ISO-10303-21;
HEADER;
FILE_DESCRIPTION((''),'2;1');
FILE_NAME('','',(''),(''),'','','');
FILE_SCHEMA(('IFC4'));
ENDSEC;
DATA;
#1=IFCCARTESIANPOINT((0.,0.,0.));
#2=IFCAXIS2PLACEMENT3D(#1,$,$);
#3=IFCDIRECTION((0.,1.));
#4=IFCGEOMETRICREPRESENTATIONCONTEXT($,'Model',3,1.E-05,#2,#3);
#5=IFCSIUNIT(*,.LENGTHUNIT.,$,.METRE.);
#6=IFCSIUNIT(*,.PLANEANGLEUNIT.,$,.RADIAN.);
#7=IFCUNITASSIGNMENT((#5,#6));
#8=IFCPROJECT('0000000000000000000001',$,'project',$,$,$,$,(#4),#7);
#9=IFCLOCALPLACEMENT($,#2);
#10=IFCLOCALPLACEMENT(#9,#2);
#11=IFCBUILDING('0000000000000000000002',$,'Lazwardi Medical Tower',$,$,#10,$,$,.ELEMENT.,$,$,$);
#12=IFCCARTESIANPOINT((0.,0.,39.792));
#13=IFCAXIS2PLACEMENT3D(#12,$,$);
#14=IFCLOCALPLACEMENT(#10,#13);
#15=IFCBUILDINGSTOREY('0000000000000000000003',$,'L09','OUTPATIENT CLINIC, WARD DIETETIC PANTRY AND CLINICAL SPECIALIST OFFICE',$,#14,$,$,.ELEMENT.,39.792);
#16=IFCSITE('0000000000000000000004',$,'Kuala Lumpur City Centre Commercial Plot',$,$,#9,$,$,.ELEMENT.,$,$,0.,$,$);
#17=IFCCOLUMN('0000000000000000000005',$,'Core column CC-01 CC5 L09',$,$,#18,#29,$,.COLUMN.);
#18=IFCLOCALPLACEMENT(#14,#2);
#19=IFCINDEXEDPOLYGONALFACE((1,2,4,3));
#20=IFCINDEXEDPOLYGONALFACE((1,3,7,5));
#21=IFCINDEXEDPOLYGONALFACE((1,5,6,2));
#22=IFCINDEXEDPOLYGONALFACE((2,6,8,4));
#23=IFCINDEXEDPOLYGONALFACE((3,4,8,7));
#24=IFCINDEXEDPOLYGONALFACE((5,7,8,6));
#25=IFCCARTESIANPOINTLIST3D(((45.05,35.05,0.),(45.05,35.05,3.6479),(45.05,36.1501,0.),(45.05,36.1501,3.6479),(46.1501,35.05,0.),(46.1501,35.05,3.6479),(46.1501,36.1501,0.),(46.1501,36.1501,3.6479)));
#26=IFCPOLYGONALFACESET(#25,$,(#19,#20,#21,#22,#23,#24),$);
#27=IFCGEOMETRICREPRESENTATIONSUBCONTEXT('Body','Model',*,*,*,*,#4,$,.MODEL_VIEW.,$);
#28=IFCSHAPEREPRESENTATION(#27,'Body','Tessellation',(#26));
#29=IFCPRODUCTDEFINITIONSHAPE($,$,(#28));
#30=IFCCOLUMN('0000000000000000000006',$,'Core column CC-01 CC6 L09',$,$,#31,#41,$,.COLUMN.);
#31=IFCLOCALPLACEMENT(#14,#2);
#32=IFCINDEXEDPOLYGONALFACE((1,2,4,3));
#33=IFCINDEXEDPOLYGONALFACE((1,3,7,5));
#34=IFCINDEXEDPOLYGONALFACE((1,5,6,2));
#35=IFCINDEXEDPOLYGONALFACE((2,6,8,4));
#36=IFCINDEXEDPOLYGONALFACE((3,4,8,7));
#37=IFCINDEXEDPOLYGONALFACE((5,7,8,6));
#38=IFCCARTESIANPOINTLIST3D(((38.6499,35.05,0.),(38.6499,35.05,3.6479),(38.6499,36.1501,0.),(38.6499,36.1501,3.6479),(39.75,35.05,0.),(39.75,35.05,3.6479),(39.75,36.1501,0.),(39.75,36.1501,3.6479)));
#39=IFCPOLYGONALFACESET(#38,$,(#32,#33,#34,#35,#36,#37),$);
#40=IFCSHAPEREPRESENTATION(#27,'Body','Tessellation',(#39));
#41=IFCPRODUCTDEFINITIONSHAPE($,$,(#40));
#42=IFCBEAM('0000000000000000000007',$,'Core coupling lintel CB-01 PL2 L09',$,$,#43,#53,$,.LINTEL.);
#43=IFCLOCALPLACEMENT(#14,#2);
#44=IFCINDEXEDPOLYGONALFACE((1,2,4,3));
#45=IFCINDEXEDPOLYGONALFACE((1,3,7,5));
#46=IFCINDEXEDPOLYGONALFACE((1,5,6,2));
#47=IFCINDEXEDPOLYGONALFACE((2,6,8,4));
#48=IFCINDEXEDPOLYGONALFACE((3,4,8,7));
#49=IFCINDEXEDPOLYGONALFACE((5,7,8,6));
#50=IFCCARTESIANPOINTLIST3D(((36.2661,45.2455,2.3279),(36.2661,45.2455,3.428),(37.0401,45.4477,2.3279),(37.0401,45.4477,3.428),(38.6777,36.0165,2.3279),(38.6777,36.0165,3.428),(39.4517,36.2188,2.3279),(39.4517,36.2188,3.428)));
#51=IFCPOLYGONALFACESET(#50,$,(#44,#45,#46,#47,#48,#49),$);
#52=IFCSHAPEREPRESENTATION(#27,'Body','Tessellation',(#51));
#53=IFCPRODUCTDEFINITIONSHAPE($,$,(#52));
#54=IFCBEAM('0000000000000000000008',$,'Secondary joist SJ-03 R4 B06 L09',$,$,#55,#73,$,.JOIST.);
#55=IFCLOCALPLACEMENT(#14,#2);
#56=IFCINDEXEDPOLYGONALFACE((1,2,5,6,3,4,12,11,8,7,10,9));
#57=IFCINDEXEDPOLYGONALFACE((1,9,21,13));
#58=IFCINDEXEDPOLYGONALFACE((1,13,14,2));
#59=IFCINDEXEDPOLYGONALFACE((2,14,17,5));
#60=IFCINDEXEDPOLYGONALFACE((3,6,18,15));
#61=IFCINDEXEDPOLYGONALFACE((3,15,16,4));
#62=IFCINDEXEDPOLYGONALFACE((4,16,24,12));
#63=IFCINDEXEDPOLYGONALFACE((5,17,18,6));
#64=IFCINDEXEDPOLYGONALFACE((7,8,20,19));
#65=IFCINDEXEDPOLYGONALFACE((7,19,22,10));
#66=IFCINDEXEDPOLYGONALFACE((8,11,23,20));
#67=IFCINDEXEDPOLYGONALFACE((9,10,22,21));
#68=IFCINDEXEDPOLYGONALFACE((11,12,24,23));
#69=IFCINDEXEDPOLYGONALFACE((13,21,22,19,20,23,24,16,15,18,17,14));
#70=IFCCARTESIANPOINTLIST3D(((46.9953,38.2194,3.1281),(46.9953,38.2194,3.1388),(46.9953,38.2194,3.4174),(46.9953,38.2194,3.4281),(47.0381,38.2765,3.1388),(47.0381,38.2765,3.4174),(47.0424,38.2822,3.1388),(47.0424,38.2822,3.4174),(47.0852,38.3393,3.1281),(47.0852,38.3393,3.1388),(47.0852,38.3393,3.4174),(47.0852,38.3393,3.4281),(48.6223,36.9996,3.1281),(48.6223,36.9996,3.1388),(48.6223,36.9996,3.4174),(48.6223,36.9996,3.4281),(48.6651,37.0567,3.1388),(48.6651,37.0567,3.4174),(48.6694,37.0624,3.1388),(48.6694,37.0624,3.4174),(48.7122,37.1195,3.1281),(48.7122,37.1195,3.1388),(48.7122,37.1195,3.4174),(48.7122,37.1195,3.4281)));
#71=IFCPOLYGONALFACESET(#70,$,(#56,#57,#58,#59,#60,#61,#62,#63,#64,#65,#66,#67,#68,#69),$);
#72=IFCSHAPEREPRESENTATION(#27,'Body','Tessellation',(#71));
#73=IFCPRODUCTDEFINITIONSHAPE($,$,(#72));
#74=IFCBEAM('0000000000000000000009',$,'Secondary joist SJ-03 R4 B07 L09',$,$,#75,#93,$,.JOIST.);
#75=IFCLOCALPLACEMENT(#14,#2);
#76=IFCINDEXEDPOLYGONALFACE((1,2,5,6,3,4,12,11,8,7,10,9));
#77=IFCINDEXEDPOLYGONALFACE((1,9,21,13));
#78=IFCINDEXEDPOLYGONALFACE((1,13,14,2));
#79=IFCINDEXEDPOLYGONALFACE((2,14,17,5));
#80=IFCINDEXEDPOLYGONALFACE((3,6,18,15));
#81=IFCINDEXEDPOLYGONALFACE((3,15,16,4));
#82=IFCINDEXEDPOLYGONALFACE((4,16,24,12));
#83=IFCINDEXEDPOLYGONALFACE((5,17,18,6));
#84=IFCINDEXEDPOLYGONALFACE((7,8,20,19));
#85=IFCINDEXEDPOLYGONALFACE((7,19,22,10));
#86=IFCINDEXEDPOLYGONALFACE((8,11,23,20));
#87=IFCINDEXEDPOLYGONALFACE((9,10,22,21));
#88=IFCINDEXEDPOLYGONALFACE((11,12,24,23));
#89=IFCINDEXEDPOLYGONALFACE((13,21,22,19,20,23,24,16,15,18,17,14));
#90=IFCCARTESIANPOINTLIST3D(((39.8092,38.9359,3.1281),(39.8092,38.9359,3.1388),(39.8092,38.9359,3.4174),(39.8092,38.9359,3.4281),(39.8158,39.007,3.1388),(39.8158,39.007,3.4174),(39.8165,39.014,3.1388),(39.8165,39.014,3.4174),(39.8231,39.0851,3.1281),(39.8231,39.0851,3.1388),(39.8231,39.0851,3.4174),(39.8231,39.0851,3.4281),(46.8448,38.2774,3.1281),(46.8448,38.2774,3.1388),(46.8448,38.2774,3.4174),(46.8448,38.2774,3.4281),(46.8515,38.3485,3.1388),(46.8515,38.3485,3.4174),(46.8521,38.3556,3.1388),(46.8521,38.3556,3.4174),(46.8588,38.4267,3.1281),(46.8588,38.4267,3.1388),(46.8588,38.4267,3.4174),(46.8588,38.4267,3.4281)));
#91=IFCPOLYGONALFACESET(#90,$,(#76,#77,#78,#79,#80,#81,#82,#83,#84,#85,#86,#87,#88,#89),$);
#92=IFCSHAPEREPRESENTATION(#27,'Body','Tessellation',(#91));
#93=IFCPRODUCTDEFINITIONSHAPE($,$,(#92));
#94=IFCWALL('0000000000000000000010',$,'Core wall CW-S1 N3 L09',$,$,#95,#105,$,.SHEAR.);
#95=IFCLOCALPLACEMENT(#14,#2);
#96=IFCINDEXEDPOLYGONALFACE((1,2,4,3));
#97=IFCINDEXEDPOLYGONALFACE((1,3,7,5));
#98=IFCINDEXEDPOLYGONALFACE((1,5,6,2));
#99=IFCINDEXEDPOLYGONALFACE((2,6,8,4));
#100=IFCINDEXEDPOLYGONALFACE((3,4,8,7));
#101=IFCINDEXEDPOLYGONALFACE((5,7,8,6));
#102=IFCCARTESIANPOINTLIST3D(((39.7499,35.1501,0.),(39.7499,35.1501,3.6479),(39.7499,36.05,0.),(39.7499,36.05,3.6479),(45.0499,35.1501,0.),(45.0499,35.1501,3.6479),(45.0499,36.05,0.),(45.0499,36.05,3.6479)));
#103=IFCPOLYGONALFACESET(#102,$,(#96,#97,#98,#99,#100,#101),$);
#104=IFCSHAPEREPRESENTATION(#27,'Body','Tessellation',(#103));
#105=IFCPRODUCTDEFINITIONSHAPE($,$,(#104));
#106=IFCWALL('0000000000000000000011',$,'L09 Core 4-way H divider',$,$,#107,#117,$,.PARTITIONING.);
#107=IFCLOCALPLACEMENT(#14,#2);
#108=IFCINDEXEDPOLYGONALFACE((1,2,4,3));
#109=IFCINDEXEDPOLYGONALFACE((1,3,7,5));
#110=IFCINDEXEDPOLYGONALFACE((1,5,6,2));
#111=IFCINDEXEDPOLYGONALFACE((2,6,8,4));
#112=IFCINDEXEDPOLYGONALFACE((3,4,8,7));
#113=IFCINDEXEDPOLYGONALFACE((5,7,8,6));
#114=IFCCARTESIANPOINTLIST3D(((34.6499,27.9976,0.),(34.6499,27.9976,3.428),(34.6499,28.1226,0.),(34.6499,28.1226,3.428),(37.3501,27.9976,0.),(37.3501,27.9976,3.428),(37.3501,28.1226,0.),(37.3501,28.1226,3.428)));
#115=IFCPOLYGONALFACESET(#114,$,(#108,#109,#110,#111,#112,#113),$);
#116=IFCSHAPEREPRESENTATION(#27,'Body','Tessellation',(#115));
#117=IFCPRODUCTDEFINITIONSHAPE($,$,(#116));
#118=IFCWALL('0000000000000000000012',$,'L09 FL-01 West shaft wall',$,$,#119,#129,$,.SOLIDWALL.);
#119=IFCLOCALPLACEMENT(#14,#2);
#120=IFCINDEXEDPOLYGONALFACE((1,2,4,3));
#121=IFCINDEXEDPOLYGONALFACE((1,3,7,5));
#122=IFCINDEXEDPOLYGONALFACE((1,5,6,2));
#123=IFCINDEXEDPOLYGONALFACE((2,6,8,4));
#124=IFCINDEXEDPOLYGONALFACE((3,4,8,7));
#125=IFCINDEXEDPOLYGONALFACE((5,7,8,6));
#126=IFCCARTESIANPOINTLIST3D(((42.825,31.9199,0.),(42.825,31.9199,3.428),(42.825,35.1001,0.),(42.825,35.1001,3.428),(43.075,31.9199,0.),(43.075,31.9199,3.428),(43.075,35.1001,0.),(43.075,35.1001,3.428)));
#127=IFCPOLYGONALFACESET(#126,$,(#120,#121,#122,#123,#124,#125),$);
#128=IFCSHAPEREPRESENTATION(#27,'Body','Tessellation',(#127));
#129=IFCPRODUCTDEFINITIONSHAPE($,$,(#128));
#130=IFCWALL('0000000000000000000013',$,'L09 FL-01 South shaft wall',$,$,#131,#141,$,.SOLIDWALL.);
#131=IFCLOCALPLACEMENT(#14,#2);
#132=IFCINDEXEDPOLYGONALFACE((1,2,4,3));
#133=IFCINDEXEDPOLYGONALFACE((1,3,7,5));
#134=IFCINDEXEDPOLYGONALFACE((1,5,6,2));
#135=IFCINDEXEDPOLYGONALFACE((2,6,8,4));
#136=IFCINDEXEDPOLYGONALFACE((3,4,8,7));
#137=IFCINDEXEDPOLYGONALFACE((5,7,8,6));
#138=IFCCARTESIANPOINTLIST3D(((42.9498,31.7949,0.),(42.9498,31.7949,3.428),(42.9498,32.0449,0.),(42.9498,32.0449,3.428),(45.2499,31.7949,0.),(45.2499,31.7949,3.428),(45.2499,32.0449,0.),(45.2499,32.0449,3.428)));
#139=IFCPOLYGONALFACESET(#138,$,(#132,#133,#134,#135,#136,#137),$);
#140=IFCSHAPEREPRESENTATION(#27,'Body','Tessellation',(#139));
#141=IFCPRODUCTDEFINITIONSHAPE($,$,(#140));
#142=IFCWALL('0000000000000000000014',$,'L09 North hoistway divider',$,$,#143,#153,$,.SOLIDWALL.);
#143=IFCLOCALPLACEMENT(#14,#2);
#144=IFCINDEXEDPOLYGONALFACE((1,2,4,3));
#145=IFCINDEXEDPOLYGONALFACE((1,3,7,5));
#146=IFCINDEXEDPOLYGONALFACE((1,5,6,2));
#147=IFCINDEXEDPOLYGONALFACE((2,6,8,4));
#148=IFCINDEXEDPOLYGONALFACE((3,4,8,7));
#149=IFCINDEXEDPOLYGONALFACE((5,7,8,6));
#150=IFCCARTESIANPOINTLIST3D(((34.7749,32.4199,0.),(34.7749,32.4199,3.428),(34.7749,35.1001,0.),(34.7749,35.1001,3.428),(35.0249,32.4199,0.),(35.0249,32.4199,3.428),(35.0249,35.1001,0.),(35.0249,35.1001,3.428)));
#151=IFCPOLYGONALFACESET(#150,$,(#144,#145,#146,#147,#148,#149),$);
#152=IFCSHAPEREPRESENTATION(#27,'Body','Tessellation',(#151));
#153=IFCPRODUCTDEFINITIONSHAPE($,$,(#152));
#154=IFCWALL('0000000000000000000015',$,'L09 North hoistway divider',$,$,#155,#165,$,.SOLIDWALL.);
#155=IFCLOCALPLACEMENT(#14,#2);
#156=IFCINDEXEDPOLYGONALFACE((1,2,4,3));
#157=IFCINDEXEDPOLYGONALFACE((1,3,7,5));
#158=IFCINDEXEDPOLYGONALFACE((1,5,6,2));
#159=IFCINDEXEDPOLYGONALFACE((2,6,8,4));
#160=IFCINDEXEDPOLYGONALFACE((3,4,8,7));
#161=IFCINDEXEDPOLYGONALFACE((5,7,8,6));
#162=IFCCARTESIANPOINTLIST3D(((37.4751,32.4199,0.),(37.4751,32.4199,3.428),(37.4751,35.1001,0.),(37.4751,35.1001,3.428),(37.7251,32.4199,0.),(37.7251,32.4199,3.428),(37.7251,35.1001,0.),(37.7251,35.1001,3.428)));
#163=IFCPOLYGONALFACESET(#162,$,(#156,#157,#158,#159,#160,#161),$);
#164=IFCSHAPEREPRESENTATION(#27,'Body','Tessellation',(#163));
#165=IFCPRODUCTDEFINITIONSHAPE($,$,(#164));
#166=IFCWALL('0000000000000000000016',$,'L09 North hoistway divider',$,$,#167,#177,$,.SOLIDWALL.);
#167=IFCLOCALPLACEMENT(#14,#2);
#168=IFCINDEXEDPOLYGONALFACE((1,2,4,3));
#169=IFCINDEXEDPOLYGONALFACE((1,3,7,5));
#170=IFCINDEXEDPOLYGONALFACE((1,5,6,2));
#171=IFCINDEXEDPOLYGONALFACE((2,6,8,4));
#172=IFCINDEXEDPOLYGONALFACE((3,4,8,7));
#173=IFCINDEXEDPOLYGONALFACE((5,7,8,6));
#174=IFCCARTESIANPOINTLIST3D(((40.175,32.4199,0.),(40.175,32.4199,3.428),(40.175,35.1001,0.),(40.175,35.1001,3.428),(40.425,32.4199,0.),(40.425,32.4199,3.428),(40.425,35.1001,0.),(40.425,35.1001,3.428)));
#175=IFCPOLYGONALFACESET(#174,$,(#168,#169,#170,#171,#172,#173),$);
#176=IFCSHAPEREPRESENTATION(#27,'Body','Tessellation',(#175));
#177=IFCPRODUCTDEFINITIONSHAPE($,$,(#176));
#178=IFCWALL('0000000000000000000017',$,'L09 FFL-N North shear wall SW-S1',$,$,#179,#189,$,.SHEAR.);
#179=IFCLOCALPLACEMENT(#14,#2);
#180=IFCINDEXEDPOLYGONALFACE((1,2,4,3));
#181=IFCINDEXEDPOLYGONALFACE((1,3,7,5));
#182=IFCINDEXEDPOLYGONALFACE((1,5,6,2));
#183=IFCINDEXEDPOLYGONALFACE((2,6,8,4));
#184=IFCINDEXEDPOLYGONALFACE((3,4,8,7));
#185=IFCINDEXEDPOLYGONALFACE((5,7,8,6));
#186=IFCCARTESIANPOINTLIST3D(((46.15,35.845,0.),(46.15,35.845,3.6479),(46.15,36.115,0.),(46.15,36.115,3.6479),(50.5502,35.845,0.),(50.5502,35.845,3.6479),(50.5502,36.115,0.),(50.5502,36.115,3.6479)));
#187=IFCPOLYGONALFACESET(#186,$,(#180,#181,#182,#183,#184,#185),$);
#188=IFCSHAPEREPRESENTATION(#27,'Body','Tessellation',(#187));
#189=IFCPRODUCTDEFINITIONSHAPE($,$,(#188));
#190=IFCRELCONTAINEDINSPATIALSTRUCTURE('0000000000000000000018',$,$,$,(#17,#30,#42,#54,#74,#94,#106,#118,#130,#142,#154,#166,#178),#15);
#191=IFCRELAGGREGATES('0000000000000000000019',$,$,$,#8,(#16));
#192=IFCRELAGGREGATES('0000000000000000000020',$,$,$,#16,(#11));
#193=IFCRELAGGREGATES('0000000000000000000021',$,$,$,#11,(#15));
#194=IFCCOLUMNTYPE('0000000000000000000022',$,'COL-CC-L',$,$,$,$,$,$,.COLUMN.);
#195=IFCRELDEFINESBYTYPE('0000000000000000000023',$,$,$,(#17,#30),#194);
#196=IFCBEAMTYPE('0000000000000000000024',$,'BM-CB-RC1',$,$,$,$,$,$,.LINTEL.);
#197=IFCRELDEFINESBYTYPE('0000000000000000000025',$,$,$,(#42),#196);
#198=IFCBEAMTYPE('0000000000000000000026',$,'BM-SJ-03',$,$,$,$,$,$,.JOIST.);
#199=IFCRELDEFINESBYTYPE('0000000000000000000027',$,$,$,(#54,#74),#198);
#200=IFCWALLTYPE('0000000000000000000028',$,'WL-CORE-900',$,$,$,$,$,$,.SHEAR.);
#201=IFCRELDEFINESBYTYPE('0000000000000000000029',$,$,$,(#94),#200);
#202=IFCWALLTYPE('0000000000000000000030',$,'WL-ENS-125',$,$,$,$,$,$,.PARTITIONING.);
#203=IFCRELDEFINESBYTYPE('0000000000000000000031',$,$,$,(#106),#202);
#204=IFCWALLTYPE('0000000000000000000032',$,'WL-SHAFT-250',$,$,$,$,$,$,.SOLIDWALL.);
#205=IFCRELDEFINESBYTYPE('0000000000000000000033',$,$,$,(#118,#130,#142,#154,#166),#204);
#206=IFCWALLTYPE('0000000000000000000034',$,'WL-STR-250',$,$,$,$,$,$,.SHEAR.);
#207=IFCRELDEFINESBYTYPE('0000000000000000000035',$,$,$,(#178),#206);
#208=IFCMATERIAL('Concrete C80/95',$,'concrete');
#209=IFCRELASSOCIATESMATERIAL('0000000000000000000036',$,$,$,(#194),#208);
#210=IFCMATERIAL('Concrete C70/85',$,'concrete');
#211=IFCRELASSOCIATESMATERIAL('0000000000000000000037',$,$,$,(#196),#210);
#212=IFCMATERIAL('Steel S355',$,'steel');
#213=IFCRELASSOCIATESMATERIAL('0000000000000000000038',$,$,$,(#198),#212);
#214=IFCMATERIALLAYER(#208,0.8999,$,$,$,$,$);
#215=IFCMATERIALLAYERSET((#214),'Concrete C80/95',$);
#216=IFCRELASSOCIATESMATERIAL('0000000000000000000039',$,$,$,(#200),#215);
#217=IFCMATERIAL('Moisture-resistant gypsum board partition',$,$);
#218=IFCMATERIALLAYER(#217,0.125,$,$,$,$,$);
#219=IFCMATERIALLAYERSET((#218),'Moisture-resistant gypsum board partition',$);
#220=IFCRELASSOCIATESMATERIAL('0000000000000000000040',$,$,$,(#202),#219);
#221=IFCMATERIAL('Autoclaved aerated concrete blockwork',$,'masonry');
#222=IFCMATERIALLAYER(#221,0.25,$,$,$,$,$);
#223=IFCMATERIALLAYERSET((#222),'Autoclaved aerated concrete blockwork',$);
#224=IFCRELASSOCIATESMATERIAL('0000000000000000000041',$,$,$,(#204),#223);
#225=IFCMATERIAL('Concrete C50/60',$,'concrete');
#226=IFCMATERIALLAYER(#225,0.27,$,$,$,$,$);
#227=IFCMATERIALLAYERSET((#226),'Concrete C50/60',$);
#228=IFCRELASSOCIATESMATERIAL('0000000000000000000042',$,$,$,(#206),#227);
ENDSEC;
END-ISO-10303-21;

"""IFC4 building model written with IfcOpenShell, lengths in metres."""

from ifc_helpers import new_model, si_unit, direction, frame, frame_2d, origin, origin_2d, place, context, subcontext, project, spatial, rectangle, i_section, extrude, material, layer, layer_set, material_profile, profile_set, type_object, element, save


model = new_model("IFC4")

# Units and contexts
model_context = context("Model", 3, precision=1e-05, world=origin(), true_north=direction((0.0, 1.0)))
body_context = subcontext(model_context, "Body", "Model", "MODEL_VIEW")
ifc_project = project(units=[si_unit("LENGTHUNIT", "METRE"), si_unit("PLANEANGLEUNIT", "RADIAN")], contexts=[model_context])

# Site, building, storey
site_placement = place(None, origin())
site = spatial("IfcSite", under=ifc_project, at=site_placement, Name="Kuala Lumpur City Centre Commercial Plot", CompositionType="ELEMENT", RefElevation=0.0)
building_placement = place(site_placement, origin())
building = spatial("IfcBuilding", under=site, at=building_placement, Name="Lazwardi Medical Tower", CompositionType="ELEMENT")
storey_placement = place(building_placement, frame((0.0, 0.0, 39.792)))
storey = spatial("IfcBuildingStorey", under=building, at=storey_placement, Name="L09", Description="OUTPATIENT CLINIC, WARD DIETETIC PANTRY AND CLINICAL SPECIALIST OFFICE", CompositionType="ELEMENT", Elevation=39.792)

# Columns
ifc_material_1 = material(Name="Concrete C80/95", Category="concrete")
ifc_material_profile_1 = material_profile(ifc_material_1, rectangle(XDim=1.1001, YDim=1.1001, at=origin_2d()), Name="RC 1100x1100")
ifc_profile_set_1 = profile_set([ifc_material_profile_1], Name="Concrete C80/95")
column_type = type_object("IfcColumnType", Name="COL-CC-L", PredefinedType="COLUMN", material=ifc_profile_set_1)
for number, where, z_axis, x_axis, name in (
    (1, (45.6001, 35.6001, 0.0), (0.0, 0.0, 1.0), (1.0, 0.0, 0.0), "Core column CC-01 CC5 L09"),
    (2, (39.2, 35.6001, 0.0), (0.0, 0.0, 1.0), (1.0, 0.0, 0.0), "Core column CC-01 CC6 L09"),
):
    element("IfcColumn", number, at=place(storey_placement, frame(where, z_axis=z_axis, x_axis=x_axis)), inside=storey, type_object=column_type, Name=name, PredefinedType="COLUMN", context=body_context, shape_type="SweptSolid", body=[
        extrude(rectangle(XDim=1.1001, YDim=1.1001, at=origin_2d()), origin(), (0.0, 0.0, 1.0), 3.6479),
    ])

# Beams
ifc_material_2 = material(Name="Concrete C70/85", Category="concrete")
ifc_material_profile_2 = material_profile(ifc_material_2, rectangle(XDim=0.8, YDim=1.1001, at=origin_2d()), Name="RC 800x1100")
ifc_profile_set_2 = profile_set([ifc_material_profile_2], Name="Concrete C70/85")
beam_type_1 = type_object("IfcBeamType", Name="BM-CB-RC1", PredefinedType="LINTEL", material=ifc_profile_set_2)
beam_1_placement = place(storey_placement, frame((39.0647, 36.1177, 2.8779), z_axis=(-0.25282, 0.967513, 0.0), x_axis=(-0.967513, -0.25282, 0.0)))
element("IfcBeam", 3, at=beam_1_placement, inside=storey, type_object=beam_type_1, Name="Core coupling lintel CB-01 PL2 L09", PredefinedType="LINTEL", context=body_context, shape_type="SweptSolid", body=[
    extrude(rectangle(XDim=0.8, YDim=1.1001, at=origin_2d()), origin(), (0.0, 0.0, 1.0), 9.5388),
])
ifc_material_3 = material(Name="Steel S355", Category="steel")
ifc_material_profile_3 = material_profile(ifc_material_3, i_section(OverallWidth=0.1499, OverallDepth=0.3, WebThickness=0.0071, FlangeThickness=0.0107, at=origin_2d()), Name="IPE 300")
ifc_profile_set_3 = profile_set([ifc_material_profile_3], Name="Steel S355")
beam_type_2 = type_object("IfcBeamType", Name="BM-SJ-03", PredefinedType="JOIST", material=ifc_profile_set_3)
beam_2_placement = place(storey_placement, frame((48.6672, 37.0596, 3.2781), z_axis=(-0.800115, 0.599846, 0.0), x_axis=(-0.599846, -0.800115, 0.0)))
element("IfcBeam", 4, at=beam_2_placement, inside=storey, type_object=beam_type_2, Name="Secondary joist SJ-03 R4 B06 L09", PredefinedType="JOIST", context=body_context, shape_type="SweptSolid", body=[
    extrude(i_section(OverallWidth=0.1499, OverallDepth=0.3, WebThickness=0.0071, FlangeThickness=0.0107, at=origin_2d()), origin(), (0.0, 0.0, 1.0), 2.0334),
])
beam_3_placement = place(storey_placement, frame((46.8518, 38.3521, 3.2781), z_axis=(-0.995649, 0.09318, 0.0), x_axis=(-0.09318, -0.995649, 0.0)))
element("IfcBeam", 5, at=beam_3_placement, inside=storey, type_object=beam_type_2, Name="Secondary joist SJ-03 R4 B07 L09", PredefinedType="JOIST", context=body_context, shape_type="SweptSolid", body=[
    extrude(i_section(OverallWidth=0.1499, OverallDepth=0.3, WebThickness=0.0071, FlangeThickness=0.0107, at=origin_2d()), origin(), (0.0, 0.0, 1.0), 7.0664),
])

# Walls
ifc_layer_1 = layer(ifc_material_1, 0.8999)
ifc_layer_set_1 = layer_set([ifc_layer_1], Name="Concrete C80/95")
wall_type_1 = type_object("IfcWallType", Name="WL-CORE-900", PredefinedType="SHEAR", material=ifc_layer_set_1)
wall_1_placement = place(storey_placement, frame((39.75, 35.6001, 0.0), z_axis=(0.0, 0.0, 1.0), x_axis=(1.0, 0.0, 0.0)))
element("IfcWall", 6, at=wall_1_placement, inside=storey, type_object=wall_type_1, Name="Core wall CW-S1 N3 L09", PredefinedType="SHEAR", context=body_context, shape_type="SweptSolid", body=[
    extrude(rectangle(XDim=5.3, YDim=0.8999, at=frame_2d((2.6499, 0.0))), origin(), (0.0, 0.0, 1.0), 3.6479),
])
ifc_material_4 = material(Name="Moisture-resistant gypsum board partition")
ifc_layer_2 = layer(ifc_material_4, 0.125)
ifc_layer_set_2 = layer_set([ifc_layer_2], Name="Moisture-resistant gypsum board partition")
wall_type_2 = type_object("IfcWallType", Name="WL-ENS-125", PredefinedType="PARTITIONING", material=ifc_layer_set_2)
wall_2_placement = place(storey_placement, frame((34.6499, 28.0601, 0.0), z_axis=(0.0, 0.0, 1.0), x_axis=(1.0, 0.0, 0.0)))
element("IfcWall", 7, at=wall_2_placement, inside=storey, type_object=wall_type_2, Name="L09 Core 4-way H divider", PredefinedType="PARTITIONING", context=body_context, shape_type="SweptSolid", body=[
    extrude(rectangle(XDim=2.7002, YDim=0.125, at=frame_2d((1.3501, 0.0))), origin(), (0.0, 0.0, 1.0), 3.428),
])
ifc_material_5 = material(Name="Autoclaved aerated concrete blockwork", Category="masonry")
ifc_layer_3 = layer(ifc_material_5, 0.25)
ifc_layer_set_3 = layer_set([ifc_layer_3], Name="Autoclaved aerated concrete blockwork")
wall_type_3 = type_object("IfcWallType", Name="WL-SHAFT-250", PredefinedType="SOLIDWALL", material=ifc_layer_set_3)
wall_3_placement = place(storey_placement, frame((42.95, 31.9199, 0.0), z_axis=(0.0, 0.0, 1.0), x_axis=(0.0, 1.0, 0.0)))
element("IfcWall", 8, at=wall_3_placement, inside=storey, type_object=wall_type_3, Name="L09 FL-01 West shaft wall", PredefinedType="SOLIDWALL", context=body_context, shape_type="SweptSolid", body=[
    extrude(rectangle(XDim=3.1802, YDim=0.25, at=frame_2d((1.5901, 0.0))), origin(), (0.0, 0.0, 1.0), 3.428),
])
wall_4_placement = place(storey_placement, frame((42.95, 31.9199, 0.0), z_axis=(0.0, 0.0, 1.0), x_axis=(1.0, 0.0, 0.0)))
element("IfcWall", 9, at=wall_4_placement, inside=storey, type_object=wall_type_3, Name="L09 FL-01 South shaft wall", PredefinedType="SOLIDWALL", context=body_context, shape_type="SweptSolid", body=[
    extrude(rectangle(XDim=2.3, YDim=0.25, at=frame_2d((1.1499, 0.0))), origin(), (0.0, 0.0, 1.0), 3.428),
])
for number, where, z_axis, x_axis, name in (
    (10, (34.8999, 32.4199, 0.0), (0.0, 0.0, 1.0), (0.0, 1.0, 0.0), "L09 North hoistway divider"),
    (11, (37.6001, 32.4199, 0.0), (0.0, 0.0, 1.0), (0.0, 1.0, 0.0), "L09 North hoistway divider"),
    (12, (40.3, 32.4199, 0.0), (0.0, 0.0, 1.0), (0.0, 1.0, 0.0), "L09 North hoistway divider"),
):
    element("IfcWall", number, at=place(storey_placement, frame(where, z_axis=z_axis, x_axis=x_axis)), inside=storey, type_object=wall_type_3, Name=name, PredefinedType="SOLIDWALL", context=body_context, shape_type="SweptSolid", body=[
        extrude(rectangle(XDim=2.6802, YDim=0.25, at=frame_2d((1.3401, 0.0))), origin(), (0.0, 0.0, 1.0), 3.428),
    ])

# Shared definitions
ifc_material_6 = material(Name="Concrete C50/60", Category="concrete")
ifc_layer_4 = layer(ifc_material_6, 0.27)
ifc_layer_set_4 = layer_set([ifc_layer_4], Name="Concrete C50/60")
wall_type_4 = type_object("IfcWallType", Name="WL-STR-250", PredefinedType="SHEAR", material=ifc_layer_set_4)

# Wall
wall_5_placement = place(storey_placement, frame((46.1499, 35.98, 0.0), z_axis=(0.0, 0.0, 1.0), x_axis=(1.0, 0.0, 0.0)))
element("IfcWall", 13, at=wall_5_placement, inside=storey, type_object=wall_type_4, Name="L09 FFL-N North shear wall SW-S1", PredefinedType="SHEAR", context=body_context, shape_type="SweptSolid", body=[
    extrude(rectangle(XDim=4.4001, YDim=0.27, at=frame_2d((2.2002, 0.0))), origin(), (0.0, 0.0, 1.0), 3.6479),
])

save(model, "model.ifc")
